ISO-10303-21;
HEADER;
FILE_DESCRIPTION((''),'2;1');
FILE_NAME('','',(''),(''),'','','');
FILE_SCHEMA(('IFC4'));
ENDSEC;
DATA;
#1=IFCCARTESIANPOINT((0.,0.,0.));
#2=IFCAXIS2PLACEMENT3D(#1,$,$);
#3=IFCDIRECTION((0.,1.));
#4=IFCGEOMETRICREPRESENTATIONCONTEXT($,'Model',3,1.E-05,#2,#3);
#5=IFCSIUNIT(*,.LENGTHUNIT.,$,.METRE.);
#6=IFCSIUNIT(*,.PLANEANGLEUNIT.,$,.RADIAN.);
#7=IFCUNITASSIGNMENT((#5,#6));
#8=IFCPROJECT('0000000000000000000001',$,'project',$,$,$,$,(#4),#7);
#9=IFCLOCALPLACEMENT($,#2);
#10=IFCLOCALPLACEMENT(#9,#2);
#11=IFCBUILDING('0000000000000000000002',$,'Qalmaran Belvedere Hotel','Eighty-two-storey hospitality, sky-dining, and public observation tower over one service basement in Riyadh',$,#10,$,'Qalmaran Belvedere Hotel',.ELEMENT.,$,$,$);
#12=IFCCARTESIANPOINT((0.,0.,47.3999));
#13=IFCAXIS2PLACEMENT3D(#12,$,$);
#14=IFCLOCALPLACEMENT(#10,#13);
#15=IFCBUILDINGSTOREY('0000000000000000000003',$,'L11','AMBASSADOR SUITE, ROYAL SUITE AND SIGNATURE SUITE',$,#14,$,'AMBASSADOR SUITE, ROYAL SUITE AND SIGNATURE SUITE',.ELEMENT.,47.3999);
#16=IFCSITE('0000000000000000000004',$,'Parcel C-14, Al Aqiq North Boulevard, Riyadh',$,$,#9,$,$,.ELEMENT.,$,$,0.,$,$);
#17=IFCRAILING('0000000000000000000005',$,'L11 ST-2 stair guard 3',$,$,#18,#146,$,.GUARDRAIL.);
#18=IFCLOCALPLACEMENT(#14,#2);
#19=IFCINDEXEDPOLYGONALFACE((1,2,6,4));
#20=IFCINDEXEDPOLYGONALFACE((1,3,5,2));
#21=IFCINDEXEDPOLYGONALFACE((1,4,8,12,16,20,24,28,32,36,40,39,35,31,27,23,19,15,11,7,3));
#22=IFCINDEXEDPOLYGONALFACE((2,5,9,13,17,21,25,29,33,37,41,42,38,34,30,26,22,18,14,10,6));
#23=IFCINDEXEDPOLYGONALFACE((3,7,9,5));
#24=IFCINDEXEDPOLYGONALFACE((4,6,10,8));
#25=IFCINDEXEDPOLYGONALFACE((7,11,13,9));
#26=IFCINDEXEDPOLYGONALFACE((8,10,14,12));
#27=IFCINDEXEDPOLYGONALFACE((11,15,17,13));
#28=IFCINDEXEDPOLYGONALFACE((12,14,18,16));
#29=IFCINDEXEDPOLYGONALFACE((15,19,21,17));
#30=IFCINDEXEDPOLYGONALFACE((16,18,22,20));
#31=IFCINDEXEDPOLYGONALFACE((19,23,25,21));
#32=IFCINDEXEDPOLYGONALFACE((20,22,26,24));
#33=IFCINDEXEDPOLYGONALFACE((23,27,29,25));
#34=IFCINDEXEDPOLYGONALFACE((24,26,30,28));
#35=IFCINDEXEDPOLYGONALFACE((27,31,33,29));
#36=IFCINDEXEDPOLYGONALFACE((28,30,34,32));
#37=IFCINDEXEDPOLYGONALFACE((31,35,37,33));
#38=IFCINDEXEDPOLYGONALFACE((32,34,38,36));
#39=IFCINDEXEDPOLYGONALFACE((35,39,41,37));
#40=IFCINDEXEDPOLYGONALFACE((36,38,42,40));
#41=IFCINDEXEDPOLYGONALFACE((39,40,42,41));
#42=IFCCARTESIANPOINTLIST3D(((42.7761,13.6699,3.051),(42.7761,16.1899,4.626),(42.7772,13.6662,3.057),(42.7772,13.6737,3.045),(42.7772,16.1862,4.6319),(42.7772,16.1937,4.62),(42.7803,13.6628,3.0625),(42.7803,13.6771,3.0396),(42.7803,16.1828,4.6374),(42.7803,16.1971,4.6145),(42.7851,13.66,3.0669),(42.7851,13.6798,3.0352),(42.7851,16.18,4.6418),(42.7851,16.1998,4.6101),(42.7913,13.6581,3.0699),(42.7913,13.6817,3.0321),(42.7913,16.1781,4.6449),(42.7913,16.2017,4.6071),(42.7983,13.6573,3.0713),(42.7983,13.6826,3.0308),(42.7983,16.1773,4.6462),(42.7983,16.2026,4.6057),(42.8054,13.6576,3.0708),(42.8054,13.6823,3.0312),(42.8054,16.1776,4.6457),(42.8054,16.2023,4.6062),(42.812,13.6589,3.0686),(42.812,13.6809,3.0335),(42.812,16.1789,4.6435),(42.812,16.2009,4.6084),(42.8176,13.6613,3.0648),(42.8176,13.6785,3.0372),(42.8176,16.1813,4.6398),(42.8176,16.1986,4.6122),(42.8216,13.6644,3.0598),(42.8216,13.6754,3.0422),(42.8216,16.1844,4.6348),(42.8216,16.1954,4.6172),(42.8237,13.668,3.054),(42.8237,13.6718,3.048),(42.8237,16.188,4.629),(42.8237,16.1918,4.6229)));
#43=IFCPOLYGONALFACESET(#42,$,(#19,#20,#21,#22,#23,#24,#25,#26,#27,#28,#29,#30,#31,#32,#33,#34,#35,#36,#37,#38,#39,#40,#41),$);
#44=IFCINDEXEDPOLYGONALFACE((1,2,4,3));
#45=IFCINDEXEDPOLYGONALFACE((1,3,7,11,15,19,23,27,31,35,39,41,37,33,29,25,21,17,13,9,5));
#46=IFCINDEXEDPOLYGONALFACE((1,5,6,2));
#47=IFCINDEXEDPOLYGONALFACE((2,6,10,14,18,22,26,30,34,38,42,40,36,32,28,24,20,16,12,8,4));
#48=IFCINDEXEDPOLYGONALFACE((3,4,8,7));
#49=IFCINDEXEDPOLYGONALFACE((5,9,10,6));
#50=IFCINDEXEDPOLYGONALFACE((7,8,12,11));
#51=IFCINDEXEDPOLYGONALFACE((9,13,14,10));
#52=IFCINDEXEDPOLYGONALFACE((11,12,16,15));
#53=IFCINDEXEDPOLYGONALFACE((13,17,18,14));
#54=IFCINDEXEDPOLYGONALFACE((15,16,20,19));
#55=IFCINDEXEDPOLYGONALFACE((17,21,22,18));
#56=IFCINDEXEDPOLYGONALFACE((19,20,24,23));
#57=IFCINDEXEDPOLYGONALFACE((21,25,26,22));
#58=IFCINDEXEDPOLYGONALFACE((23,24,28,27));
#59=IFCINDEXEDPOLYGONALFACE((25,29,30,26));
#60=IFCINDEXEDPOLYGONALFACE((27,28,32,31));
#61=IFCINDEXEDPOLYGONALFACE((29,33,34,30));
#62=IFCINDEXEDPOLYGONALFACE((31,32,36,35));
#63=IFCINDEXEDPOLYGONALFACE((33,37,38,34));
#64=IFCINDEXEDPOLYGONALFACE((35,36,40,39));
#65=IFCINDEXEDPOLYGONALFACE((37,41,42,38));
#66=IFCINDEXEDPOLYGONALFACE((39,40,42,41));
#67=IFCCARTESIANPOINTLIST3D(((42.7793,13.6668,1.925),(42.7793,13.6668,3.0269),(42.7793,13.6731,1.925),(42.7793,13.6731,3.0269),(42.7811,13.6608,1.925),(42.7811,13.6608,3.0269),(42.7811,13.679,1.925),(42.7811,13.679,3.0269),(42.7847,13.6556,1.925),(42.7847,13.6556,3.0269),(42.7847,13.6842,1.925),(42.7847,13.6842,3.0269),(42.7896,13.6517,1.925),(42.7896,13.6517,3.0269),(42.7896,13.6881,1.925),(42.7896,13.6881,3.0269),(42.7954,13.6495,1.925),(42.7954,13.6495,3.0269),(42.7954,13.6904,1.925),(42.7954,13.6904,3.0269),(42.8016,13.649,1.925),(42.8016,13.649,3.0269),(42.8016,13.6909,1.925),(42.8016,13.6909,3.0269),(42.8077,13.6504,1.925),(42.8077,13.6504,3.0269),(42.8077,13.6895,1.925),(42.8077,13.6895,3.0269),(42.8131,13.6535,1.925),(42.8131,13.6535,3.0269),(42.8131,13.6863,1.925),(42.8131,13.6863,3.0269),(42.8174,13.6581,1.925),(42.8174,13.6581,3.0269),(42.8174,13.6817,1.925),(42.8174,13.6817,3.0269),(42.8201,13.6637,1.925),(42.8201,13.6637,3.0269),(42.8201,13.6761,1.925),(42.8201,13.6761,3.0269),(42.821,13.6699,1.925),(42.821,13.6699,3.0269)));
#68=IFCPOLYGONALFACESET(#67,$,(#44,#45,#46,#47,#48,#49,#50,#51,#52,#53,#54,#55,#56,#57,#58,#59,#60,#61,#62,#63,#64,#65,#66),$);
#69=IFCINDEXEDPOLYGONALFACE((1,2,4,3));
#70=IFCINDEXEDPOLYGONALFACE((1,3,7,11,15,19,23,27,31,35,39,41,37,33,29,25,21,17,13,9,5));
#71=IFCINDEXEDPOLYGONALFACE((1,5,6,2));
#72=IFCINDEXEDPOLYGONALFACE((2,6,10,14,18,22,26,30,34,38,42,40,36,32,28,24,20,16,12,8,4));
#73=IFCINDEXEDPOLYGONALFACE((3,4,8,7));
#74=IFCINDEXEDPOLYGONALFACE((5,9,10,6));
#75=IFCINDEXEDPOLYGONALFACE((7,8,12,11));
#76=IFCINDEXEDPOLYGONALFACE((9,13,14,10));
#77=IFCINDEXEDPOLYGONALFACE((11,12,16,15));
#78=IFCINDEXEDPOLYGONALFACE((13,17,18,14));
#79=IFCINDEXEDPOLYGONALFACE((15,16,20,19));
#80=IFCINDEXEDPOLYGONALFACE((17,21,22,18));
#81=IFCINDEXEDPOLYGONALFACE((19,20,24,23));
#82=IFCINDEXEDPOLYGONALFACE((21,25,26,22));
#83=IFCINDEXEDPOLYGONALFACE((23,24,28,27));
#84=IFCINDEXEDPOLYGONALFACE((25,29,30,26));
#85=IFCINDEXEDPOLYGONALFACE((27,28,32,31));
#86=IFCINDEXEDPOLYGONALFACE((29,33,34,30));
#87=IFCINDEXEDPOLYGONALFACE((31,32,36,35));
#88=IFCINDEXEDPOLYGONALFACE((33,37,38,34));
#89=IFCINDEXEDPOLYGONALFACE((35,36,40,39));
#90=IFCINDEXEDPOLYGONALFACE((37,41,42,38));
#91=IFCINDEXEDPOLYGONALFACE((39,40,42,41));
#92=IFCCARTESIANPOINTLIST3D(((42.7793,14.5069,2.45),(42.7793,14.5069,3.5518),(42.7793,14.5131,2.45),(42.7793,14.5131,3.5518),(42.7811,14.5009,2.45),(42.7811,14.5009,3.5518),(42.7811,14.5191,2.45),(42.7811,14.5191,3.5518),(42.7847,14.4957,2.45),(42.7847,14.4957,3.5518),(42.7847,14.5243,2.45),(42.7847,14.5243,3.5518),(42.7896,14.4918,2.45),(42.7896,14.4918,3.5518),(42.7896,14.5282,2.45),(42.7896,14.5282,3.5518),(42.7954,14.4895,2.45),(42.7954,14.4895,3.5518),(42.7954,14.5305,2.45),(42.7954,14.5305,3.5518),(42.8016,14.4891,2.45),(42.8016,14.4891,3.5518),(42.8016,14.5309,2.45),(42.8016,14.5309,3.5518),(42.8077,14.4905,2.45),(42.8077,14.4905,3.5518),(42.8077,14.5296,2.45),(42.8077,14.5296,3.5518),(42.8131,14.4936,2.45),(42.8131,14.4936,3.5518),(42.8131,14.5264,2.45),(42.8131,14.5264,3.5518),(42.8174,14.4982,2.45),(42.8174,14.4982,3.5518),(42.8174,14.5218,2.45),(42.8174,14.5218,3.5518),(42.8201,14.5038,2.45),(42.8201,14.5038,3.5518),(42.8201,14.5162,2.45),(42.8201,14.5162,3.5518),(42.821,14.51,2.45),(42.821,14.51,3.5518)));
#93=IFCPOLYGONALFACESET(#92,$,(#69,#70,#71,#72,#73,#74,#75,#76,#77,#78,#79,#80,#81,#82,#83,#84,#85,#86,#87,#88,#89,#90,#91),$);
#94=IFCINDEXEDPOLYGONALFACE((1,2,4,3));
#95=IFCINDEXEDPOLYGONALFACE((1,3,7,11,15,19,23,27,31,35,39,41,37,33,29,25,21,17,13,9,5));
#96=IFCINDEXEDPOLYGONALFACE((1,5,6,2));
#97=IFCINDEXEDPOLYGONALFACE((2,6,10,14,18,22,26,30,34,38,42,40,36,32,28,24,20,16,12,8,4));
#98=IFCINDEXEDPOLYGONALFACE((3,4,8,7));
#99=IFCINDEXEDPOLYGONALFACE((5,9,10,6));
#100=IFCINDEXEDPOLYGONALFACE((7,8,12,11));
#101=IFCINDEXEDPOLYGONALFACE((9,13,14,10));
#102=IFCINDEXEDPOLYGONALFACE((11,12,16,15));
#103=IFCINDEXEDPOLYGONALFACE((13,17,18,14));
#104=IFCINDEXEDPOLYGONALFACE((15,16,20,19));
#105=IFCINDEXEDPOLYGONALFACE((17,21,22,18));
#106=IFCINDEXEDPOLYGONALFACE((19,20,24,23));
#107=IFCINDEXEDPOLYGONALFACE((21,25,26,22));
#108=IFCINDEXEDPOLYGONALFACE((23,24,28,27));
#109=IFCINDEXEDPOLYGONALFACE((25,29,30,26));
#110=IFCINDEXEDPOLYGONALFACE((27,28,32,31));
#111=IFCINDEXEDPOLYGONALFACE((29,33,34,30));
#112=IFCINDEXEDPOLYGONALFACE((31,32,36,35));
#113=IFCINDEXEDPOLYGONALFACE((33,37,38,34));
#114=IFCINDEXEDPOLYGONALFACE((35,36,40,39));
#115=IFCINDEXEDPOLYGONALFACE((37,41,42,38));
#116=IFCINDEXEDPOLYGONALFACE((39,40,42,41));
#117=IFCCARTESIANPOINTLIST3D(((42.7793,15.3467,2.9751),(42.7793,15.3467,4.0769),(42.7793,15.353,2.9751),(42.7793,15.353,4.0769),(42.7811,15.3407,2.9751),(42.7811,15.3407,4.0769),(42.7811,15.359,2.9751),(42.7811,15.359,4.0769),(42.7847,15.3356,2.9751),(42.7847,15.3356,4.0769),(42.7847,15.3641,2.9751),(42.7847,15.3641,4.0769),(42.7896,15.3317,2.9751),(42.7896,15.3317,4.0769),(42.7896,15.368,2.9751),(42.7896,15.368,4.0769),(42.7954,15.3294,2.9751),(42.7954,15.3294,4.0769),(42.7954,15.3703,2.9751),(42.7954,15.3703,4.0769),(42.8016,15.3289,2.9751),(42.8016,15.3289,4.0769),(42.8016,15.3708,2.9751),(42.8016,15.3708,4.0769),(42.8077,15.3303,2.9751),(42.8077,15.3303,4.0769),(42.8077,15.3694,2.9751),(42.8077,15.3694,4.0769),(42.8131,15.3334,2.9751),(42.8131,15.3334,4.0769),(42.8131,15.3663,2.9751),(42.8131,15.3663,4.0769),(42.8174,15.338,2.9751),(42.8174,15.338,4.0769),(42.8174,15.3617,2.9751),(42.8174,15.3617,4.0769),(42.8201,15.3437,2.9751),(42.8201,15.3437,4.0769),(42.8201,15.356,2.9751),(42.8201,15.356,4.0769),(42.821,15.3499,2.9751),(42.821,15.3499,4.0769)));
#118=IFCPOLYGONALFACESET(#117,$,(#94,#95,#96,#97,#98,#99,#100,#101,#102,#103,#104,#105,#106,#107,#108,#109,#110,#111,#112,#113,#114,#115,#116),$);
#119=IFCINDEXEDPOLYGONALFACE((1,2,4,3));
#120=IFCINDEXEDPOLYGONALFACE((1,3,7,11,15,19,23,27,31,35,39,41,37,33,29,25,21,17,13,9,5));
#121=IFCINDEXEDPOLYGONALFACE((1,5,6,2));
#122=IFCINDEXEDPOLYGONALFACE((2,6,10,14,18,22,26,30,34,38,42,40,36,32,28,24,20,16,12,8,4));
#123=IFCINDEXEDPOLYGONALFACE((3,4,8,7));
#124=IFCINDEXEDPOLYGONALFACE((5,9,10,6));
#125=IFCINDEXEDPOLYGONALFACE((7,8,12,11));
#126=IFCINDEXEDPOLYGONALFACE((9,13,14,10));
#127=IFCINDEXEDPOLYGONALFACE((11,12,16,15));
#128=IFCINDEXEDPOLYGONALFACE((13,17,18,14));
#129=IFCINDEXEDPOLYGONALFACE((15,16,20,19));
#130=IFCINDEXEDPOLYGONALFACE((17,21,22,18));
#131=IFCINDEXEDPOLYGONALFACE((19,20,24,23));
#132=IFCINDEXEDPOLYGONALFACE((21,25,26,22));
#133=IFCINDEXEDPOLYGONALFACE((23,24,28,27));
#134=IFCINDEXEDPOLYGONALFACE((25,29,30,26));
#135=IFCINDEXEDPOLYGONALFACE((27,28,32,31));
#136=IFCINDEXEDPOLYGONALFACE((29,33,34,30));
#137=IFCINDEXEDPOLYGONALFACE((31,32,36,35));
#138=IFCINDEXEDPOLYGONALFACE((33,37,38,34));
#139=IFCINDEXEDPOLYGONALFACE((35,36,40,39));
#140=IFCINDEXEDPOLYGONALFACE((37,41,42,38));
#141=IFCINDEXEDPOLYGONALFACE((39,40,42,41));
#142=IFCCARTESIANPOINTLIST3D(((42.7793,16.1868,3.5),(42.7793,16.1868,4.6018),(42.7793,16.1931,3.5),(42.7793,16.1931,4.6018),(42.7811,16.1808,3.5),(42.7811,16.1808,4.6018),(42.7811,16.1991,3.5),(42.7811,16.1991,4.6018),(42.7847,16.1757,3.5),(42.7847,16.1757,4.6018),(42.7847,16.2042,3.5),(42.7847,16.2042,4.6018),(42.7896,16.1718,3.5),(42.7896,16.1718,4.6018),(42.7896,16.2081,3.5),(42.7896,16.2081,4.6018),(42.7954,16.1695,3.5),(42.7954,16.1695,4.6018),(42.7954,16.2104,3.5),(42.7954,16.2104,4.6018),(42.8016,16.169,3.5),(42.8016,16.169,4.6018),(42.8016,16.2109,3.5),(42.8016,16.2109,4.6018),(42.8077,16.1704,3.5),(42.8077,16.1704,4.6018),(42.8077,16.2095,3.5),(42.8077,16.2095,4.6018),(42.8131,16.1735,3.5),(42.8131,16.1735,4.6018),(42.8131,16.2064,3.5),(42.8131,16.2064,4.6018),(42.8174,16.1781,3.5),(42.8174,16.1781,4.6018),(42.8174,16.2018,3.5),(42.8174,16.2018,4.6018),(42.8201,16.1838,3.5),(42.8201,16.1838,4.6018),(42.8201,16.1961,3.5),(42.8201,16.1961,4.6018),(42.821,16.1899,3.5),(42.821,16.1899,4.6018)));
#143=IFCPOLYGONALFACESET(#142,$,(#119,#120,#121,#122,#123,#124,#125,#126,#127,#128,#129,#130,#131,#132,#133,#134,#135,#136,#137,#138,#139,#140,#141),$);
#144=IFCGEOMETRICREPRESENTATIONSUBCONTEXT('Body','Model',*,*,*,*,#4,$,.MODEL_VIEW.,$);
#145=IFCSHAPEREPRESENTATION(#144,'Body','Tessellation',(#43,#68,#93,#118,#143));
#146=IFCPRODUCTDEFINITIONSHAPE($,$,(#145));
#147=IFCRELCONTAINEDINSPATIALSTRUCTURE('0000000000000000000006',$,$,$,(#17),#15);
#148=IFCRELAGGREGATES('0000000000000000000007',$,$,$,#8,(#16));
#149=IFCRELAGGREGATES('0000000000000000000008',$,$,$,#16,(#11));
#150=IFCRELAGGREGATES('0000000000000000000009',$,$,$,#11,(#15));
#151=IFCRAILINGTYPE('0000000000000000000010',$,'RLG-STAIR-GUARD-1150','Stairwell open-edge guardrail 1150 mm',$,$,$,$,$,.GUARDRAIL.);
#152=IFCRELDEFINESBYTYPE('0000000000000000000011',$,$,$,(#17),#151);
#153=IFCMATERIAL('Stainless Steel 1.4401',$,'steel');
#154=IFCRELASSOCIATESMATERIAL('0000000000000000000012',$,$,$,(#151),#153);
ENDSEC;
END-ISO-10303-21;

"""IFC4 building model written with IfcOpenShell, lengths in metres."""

from ifc_helpers import new_model, si_unit, direction, frame, origin, origin_2d, place, context, subcontext, project, spatial, circle, extrude, material, type_object, element, save


model = new_model("IFC4")

# Units and contexts
model_context = context("Model", 3, precision=1e-05, world=origin(), true_north=direction((0.0, 1.0)))
body_context = subcontext(model_context, "Body", "Model", "MODEL_VIEW")
ifc_project = project(units=[si_unit("LENGTHUNIT", "METRE"), si_unit("PLANEANGLEUNIT", "RADIAN")], contexts=[model_context])

# Site, building, storey
site_placement = place(None, origin())
site = spatial("IfcSite", under=ifc_project, at=site_placement, Name="Parcel C-14, Al Aqiq North Boulevard, Riyadh", CompositionType="ELEMENT", RefElevation=0.0)
building_placement = place(site_placement, origin())
building = spatial("IfcBuilding", under=site, at=building_placement, Name="Qalmaran Belvedere Hotel", Description="Eighty-two-storey hospitality, sky-dining, and public observation tower over one service basement in Riyadh", LongName="Qalmaran Belvedere Hotel", CompositionType="ELEMENT")
storey_placement = place(building_placement, frame((0.0, 0.0, 47.3999)))
storey = spatial("IfcBuildingStorey", under=building, at=storey_placement, Name="L11", Description="AMBASSADOR SUITE, ROYAL SUITE AND SIGNATURE SUITE", LongName="AMBASSADOR SUITE, ROYAL SUITE AND SIGNATURE SUITE", CompositionType="ELEMENT", Elevation=47.3999)

# Shared definitions
ifc_material_1 = material(Name="Stainless Steel 1.4401", Category="steel")

# Railing
railing_type_1 = type_object("IfcRailingType", Name="RLG-STAIR-GUARD-1150", Description="Stairwell open-edge guardrail 1150 mm", PredefinedType="GUARDRAIL", material=ifc_material_1)
railing_1_placement = place(storey_placement, frame((42.8, 13.6699, 1.925)))
element("IfcRailing", 1, at=railing_1_placement, inside=storey, type_object=railing_type_1, Name="L11 ST-2 stair guard 3", PredefinedType="GUARDRAIL", context=body_context, shape_type="SweptSolid", body=[
    extrude(circle(Radius=0.0239, at=origin_2d()), frame((0.0, 0.0, 1.126), z_axis=(0.0, 0.848008, 0.529984), x_axis=(-1.0, 0.0, 0.0)), (0.0, 0.0, 1.0), 2.9717),
    extrude(circle(Radius=0.021, at=origin_2d()), origin(), (0.0, 0.0, 1.0), 1.1018),
    extrude(circle(Radius=0.021, at=origin_2d()), frame((0.0, 0.8401, 0.5249)), (0.0, 0.0, 1.0), 1.1018),
    extrude(circle(Radius=0.021, at=origin_2d()), frame((0.0, 1.6799, 1.05)), (0.0, 0.0, 1.0), 1.1018),
    extrude(circle(Radius=0.021, at=origin_2d()), frame((0.0, 2.52, 1.575)), (0.0, 0.0, 1.0), 1.1018),
])

save(model, "model.ifc")
